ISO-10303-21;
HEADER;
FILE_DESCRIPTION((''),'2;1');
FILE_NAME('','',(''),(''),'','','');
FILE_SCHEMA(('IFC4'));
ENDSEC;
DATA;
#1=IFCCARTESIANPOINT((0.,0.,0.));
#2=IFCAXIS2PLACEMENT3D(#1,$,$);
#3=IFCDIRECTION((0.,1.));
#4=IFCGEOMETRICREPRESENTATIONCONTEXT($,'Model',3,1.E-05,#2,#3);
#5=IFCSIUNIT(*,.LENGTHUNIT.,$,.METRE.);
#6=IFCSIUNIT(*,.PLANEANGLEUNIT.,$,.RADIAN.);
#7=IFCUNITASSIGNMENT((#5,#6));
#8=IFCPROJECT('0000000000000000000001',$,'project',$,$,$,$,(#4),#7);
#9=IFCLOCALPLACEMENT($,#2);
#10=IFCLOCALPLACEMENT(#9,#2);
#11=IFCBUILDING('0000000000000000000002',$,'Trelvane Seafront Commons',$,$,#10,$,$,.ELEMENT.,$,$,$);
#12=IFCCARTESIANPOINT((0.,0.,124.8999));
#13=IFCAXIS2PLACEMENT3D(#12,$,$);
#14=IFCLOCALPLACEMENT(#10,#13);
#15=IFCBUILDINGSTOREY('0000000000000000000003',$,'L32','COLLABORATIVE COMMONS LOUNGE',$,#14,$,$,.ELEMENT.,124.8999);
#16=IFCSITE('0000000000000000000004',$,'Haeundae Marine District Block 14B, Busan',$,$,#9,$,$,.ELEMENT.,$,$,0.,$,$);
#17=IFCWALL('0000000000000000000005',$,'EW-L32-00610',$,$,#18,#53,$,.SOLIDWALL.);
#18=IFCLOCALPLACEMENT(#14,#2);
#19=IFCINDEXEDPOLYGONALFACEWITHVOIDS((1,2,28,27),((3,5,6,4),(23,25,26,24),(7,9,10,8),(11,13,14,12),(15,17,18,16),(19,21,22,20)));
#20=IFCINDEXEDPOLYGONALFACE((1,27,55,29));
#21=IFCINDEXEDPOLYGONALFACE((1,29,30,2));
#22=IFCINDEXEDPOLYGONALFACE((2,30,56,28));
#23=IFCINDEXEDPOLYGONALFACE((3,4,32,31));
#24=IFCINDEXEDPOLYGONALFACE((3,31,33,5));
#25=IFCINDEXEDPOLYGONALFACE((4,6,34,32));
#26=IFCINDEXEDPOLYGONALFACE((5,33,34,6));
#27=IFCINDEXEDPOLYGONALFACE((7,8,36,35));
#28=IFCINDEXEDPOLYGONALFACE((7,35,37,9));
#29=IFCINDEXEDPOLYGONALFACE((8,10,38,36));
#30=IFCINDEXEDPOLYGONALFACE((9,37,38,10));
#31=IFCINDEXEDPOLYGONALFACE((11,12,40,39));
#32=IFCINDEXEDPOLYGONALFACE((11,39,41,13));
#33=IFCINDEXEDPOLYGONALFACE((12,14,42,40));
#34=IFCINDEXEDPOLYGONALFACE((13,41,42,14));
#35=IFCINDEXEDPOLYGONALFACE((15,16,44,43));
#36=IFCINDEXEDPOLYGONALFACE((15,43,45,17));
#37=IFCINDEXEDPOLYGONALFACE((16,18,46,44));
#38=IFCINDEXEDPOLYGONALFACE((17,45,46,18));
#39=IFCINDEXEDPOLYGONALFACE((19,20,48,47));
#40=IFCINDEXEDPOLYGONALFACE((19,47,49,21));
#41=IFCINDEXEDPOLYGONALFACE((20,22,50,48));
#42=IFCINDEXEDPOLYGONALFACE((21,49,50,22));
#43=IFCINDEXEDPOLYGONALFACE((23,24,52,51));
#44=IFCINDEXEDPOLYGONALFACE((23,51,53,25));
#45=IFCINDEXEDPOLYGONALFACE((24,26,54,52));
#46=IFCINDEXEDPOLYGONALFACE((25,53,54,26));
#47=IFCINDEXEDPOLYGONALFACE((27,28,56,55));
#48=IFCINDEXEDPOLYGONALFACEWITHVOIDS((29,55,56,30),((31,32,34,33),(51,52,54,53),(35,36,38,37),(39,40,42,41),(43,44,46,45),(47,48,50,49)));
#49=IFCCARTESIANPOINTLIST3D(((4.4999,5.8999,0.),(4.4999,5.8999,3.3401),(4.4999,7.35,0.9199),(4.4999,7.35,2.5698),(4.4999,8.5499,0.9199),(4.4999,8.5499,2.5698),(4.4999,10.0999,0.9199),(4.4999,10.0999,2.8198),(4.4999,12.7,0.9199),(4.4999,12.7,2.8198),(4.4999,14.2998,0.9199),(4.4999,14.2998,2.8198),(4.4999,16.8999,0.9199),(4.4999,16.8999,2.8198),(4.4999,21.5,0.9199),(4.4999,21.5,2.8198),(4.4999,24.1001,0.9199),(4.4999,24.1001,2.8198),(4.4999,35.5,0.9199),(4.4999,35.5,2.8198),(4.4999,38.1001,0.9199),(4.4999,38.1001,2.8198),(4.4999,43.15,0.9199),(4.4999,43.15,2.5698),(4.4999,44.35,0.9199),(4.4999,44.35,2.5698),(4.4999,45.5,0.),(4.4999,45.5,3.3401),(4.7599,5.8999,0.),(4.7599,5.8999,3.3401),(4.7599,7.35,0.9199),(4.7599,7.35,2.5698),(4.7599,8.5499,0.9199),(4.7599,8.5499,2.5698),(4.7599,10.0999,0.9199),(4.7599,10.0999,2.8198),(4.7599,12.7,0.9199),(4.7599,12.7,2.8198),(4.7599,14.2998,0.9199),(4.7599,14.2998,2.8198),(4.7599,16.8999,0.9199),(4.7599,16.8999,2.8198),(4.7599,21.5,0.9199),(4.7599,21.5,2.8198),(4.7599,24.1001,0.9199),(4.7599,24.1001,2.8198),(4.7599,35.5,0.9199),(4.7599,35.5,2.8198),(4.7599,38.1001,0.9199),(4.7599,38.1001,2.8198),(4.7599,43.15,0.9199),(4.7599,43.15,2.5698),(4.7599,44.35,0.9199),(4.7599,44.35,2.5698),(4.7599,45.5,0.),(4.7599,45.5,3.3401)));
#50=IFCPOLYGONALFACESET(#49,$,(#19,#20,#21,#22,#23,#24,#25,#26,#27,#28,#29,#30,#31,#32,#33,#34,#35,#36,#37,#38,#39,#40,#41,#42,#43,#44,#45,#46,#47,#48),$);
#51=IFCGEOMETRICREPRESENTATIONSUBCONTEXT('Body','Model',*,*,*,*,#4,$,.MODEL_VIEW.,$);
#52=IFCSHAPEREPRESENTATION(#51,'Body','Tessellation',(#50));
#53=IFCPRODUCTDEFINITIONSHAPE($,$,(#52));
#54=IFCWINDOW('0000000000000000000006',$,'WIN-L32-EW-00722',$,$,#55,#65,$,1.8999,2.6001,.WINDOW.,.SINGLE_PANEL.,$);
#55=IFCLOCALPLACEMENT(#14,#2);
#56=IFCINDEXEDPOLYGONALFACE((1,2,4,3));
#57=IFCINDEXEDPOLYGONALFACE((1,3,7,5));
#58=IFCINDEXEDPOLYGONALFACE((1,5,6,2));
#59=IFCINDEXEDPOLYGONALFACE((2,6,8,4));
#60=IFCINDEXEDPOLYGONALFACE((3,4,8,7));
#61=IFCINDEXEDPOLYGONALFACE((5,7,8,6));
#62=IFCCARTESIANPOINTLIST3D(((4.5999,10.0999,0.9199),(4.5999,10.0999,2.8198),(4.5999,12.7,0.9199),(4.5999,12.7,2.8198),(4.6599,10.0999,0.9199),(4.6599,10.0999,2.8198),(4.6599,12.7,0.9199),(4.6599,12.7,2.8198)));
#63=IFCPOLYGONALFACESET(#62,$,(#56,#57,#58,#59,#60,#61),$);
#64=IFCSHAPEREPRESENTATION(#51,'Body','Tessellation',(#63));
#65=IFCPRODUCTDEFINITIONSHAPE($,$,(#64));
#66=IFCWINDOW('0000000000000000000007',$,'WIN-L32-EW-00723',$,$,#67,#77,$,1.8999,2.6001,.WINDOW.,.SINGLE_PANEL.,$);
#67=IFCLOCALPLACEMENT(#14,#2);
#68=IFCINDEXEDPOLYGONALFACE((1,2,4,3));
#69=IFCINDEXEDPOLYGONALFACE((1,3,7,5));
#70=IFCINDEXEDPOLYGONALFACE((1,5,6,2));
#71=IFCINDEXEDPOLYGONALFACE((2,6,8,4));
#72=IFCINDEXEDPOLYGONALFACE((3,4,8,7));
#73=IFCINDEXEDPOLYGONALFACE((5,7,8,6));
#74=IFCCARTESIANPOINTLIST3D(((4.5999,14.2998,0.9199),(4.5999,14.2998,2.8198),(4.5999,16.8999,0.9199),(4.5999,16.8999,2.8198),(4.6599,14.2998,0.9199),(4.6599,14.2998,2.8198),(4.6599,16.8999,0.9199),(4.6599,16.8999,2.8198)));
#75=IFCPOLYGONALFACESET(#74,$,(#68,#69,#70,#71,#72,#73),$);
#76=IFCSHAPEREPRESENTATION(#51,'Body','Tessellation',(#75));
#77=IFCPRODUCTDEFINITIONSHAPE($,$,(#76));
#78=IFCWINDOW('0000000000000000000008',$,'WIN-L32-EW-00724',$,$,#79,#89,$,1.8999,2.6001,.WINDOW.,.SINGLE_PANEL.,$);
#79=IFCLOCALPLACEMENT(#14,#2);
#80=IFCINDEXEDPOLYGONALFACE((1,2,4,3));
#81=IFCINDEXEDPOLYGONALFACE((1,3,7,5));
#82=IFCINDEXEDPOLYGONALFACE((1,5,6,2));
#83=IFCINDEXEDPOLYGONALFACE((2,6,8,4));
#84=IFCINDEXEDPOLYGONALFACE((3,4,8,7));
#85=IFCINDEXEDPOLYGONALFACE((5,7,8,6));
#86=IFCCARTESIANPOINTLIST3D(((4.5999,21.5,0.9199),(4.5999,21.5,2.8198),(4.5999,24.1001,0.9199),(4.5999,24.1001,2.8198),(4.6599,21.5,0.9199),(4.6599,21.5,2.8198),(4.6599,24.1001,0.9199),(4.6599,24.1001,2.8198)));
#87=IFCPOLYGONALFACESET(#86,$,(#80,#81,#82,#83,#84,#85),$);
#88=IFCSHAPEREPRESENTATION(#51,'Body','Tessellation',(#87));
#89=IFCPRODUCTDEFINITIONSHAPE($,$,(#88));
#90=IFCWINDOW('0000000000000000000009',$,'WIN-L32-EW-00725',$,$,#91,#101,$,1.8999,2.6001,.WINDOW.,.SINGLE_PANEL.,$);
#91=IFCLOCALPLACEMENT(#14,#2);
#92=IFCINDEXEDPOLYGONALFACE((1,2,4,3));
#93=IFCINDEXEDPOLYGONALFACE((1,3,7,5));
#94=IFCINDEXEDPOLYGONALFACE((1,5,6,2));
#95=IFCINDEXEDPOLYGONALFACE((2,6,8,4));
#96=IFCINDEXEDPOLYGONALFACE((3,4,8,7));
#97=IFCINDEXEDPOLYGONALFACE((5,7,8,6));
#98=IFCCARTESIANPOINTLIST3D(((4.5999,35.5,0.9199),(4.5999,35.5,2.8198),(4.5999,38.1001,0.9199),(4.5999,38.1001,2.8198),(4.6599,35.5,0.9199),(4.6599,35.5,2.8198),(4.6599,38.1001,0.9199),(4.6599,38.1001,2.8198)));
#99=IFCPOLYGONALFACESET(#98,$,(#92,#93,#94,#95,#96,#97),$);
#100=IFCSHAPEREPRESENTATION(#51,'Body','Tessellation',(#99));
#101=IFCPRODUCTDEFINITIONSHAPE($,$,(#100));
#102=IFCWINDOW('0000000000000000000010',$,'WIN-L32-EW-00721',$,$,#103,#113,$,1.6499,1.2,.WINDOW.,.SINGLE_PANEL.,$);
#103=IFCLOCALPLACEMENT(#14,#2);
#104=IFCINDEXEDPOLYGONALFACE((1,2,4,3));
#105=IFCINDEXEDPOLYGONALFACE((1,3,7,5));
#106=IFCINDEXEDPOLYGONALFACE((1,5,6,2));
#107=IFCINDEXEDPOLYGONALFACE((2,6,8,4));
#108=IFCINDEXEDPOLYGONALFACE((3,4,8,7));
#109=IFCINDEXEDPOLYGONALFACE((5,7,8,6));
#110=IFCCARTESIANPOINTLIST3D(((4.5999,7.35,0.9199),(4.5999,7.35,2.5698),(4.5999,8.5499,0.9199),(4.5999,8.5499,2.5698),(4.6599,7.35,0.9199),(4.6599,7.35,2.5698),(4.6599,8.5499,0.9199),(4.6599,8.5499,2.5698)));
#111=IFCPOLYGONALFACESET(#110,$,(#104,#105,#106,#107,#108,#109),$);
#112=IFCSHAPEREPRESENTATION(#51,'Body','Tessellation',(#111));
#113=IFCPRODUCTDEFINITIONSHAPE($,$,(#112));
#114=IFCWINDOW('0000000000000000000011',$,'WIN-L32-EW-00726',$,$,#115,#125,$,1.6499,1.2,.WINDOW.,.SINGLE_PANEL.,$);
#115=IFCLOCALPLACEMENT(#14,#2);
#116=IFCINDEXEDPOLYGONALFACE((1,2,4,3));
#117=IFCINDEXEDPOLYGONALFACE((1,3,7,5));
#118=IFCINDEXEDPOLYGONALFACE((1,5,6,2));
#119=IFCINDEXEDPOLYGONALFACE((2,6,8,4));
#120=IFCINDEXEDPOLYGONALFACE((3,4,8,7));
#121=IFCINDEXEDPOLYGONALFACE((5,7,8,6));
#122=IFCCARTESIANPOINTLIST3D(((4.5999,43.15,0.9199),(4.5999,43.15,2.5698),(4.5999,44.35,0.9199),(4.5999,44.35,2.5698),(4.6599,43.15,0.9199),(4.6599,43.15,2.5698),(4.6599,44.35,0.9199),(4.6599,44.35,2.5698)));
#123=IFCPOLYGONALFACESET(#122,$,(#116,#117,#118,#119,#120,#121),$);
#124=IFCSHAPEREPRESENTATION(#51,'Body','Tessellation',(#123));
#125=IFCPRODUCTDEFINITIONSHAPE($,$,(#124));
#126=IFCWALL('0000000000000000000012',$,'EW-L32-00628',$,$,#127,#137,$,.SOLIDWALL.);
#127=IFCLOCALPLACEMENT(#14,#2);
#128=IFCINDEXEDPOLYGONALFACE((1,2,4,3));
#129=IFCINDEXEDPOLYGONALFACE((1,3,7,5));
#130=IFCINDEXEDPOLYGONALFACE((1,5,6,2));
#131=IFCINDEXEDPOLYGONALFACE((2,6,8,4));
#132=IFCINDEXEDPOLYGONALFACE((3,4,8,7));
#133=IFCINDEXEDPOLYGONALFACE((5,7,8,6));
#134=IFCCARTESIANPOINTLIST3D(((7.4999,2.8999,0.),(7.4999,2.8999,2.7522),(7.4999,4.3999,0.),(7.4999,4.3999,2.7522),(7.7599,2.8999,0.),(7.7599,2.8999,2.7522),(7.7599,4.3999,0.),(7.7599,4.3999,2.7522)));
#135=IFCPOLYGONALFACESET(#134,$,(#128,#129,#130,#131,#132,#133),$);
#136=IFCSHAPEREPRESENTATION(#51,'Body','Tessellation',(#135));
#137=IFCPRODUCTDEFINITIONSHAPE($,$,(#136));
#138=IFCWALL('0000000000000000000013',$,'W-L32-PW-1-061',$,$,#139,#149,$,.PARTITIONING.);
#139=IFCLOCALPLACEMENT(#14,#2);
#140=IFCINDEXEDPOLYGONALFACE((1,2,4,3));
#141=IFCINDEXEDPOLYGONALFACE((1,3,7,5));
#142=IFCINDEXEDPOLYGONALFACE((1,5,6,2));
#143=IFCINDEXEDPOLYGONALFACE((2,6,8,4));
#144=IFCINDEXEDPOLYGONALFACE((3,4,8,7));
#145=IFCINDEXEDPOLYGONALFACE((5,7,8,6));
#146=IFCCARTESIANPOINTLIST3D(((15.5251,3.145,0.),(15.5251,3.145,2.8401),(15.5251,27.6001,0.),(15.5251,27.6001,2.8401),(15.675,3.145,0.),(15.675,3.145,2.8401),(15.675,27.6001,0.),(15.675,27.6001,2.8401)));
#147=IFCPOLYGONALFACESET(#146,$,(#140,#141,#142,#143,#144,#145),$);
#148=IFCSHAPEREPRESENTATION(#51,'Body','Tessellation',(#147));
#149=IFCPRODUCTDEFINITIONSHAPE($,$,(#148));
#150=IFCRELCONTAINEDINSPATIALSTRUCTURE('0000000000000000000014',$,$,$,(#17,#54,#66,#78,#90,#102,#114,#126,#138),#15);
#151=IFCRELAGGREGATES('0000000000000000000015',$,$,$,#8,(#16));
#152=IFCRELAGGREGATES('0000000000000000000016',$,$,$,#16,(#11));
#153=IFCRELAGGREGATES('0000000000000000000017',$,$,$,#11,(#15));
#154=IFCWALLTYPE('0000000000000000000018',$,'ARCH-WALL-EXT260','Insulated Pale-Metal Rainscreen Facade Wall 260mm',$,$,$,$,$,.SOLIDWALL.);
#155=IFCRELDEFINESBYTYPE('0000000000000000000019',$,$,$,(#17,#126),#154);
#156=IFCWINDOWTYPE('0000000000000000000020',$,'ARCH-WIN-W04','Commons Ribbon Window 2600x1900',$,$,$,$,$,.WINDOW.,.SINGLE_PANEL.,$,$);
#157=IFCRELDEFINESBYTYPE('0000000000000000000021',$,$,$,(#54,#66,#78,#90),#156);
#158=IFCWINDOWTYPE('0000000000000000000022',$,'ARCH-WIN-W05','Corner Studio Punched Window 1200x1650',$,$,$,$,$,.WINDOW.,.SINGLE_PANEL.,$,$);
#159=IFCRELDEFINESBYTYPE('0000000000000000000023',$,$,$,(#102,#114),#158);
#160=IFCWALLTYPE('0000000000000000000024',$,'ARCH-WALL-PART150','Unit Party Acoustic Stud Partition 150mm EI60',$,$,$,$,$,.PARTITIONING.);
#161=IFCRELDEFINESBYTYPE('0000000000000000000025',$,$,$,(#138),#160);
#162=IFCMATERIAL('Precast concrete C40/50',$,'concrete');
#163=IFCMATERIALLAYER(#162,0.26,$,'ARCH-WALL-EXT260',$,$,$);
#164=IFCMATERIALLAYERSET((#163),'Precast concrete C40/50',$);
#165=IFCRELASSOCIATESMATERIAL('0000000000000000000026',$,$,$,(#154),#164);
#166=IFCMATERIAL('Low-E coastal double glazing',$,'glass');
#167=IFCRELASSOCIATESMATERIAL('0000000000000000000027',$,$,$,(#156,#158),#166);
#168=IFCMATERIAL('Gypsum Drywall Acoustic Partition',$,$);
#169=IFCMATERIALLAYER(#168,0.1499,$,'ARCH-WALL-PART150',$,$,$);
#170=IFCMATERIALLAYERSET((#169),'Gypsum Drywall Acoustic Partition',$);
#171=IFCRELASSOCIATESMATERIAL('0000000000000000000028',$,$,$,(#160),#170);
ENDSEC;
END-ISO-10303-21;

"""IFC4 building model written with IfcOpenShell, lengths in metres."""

from ifc_helpers import new_model, si_unit, direction, frame, frame_2d, origin, place, context, subcontext, project, spatial, rectangle, extrude, source, transform, mapped, material, layer, layer_set, type_object, element, fill, save


model = new_model("IFC4")

# Units and contexts
model_context = context("Model", 3, precision=1e-05, world=origin(), true_north=direction((0.0, 1.0)))
body_context = subcontext(model_context, "Body", "Model", "MODEL_VIEW")
ifc_project = project(units=[si_unit("LENGTHUNIT", "METRE"), si_unit("PLANEANGLEUNIT", "RADIAN")], contexts=[model_context])

# Site, building, storey
site_placement = place(None, origin())
site = spatial("IfcSite", under=ifc_project, at=site_placement, Name="Haeundae Marine District Block 14B, Busan", CompositionType="ELEMENT", RefElevation=0.0)
building_placement = place(site_placement, origin())
building = spatial("IfcBuilding", under=site, at=building_placement, Name="Trelvane Seafront Commons", CompositionType="ELEMENT")
storey_placement = place(building_placement, frame((0.0, 0.0, 124.8999)))
storey = spatial("IfcBuildingStorey", under=building, at=storey_placement, Name="L32", Description="COLLABORATIVE COMMONS LOUNGE", CompositionType="ELEMENT", Elevation=124.8999)

# Shared definitions
ifc_material_1 = material(Name="Precast concrete C40/50", Category="concrete")
ifc_layer_1 = layer(ifc_material_1, 0.26, Name="ARCH-WALL-EXT260")
ifc_layer_set_1 = layer_set([ifc_layer_1], Name="Precast concrete C40/50")
wall_type_1 = type_object("IfcWallType", Name="ARCH-WALL-EXT260", Description="Insulated Pale-Metal Rainscreen Facade Wall 260mm", PredefinedType="SOLIDWALL", material=ifc_layer_set_1)

# Wall, openings, windows
wall_1_placement = place(storey_placement, frame((4.6299, 5.8999, 0.0), z_axis=(0.0, 0.0, 1.0), x_axis=(0.0, 1.0, 0.0)))
wall_1 = element("IfcWall", 1, at=wall_1_placement, inside=storey, type_object=wall_type_1, Name="EW-L32-00610", PredefinedType="SOLIDWALL", context=body_context, shape_type="SweptSolid", body=[
    extrude(rectangle(XDim=39.6001, YDim=0.26, at=frame_2d((19.8, 0.0))), origin(), (0.0, 0.0, 1.0), 3.3401),
])
opening_1_placement = place(wall_1_placement, frame((1.45, 0.0, 0.9199)))
opening_1 = element("IfcOpeningElement", 2, at=opening_1_placement, cuts=wall_1, PredefinedType="OPENING", context=body_context, shape_type="SweptSolid", body=[
    extrude(rectangle(XDim=1.2, YDim=1.6499, at=frame_2d((0.6001, 0.825))), frame((0.0, 0.1399, 0.0), z_axis=(0.0, -1.0, 0.0), x_axis=(1.0, 0.0, 0.0)), (0.0, 0.0, 1.0), 0.28),
])
opening_2_placement = place(wall_1_placement, frame((4.2, 0.0, 0.9199)))
opening_2 = element("IfcOpeningElement", 3, at=opening_2_placement, cuts=wall_1, PredefinedType="OPENING", context=body_context, shape_type="SweptSolid", body=[
    extrude(rectangle(XDim=2.6001, YDim=1.8999, at=frame_2d((1.3, 0.95))), frame((0.0, 0.1399, 0.0), z_axis=(0.0, -1.0, 0.0), x_axis=(1.0, 0.0, 0.0)), (0.0, 0.0, 1.0), 0.28),
])
opening_3_placement = place(wall_1_placement, frame((8.3999, 0.0, 0.9199)))
opening_3 = element("IfcOpeningElement", 4, at=opening_3_placement, cuts=wall_1, PredefinedType="OPENING", context=body_context, shape_type="SweptSolid", body=[
    extrude(rectangle(XDim=2.6001, YDim=1.8999, at=frame_2d((1.3, 0.95))), frame((0.0, 0.1399, 0.0), z_axis=(0.0, -1.0, 0.0), x_axis=(1.0, 0.0, 0.0)), (0.0, 0.0, 1.0), 0.28),
])
opening_4_placement = place(wall_1_placement, frame((15.6001, 0.0, 0.9199)))
opening_4 = element("IfcOpeningElement", 5, at=opening_4_placement, cuts=wall_1, PredefinedType="OPENING", context=body_context, shape_type="SweptSolid", body=[
    extrude(rectangle(XDim=2.6001, YDim=1.8999, at=frame_2d((1.3, 0.95))), frame((0.0, 0.1399, 0.0), z_axis=(0.0, -1.0, 0.0), x_axis=(1.0, 0.0, 0.0)), (0.0, 0.0, 1.0), 0.28),
])
opening_5_placement = place(wall_1_placement, frame((29.6001, 0.0, 0.9199)))
opening_5 = element("IfcOpeningElement", 6, at=opening_5_placement, cuts=wall_1, PredefinedType="OPENING", context=body_context, shape_type="SweptSolid", body=[
    extrude(rectangle(XDim=2.6001, YDim=1.8999, at=frame_2d((1.3, 0.95))), frame((0.0, 0.1399, 0.0), z_axis=(0.0, -1.0, 0.0), x_axis=(1.0, 0.0, 0.0)), (0.0, 0.0, 1.0), 0.28),
])
opening_6_placement = place(wall_1_placement, frame((37.25, 0.0, 0.9199)))
opening_6 = element("IfcOpeningElement", 7, at=opening_6_placement, cuts=wall_1, PredefinedType="OPENING", context=body_context, shape_type="SweptSolid", body=[
    extrude(rectangle(XDim=1.2, YDim=1.6499, at=frame_2d((0.6001, 0.825))), frame((0.0, 0.1399, 0.0), z_axis=(0.0, -1.0, 0.0), x_axis=(1.0, 0.0, 0.0)), (0.0, 0.0, 1.0), 0.28),
])
ifc_material_2 = material(Name="Low-E coastal double glazing", Category="glass")
window_type_1 = type_object("IfcWindowType", Name="ARCH-WIN-W04", Description="Commons Ribbon Window 2600x1900", PartitioningType="SINGLE_PANEL", PredefinedType="WINDOW", material=ifc_material_2)
shared_shape_1 = source(origin(), body_context, "Body", "SweptSolid", [
    extrude(rectangle(XDim=2.6001, YDim=1.8999, at=frame_2d((1.3, 0.95))), frame((0.0, 0.03, 0.0), z_axis=(0.0, -1.0, 0.0), x_axis=(1.0, 0.0, 0.0)), (0.0, 0.0, 1.0), 0.0601),
])
window_1_placement = place(opening_2_placement, origin())
window_1 = element("IfcWindow", 8, at=window_1_placement, inside=storey, type_object=window_type_1, Name="WIN-L32-EW-00722", OverallHeight=1.8999, OverallWidth=2.6001, PartitioningType="SINGLE_PANEL", PredefinedType="WINDOW", context=body_context, shape_type="MappedRepresentation", body=[
    mapped(shared_shape_1, transform((0.0, 0.0, 0.0), x_axis=(1.0, 0.0, 0.0), y_axis=(0.0, 1.0, 0.0), z_axis=(0.0, 0.0, 1.0), scale=1.0)),
])
fill(opening_2, window_1)
window_2_placement = place(opening_3_placement, origin())
window_2 = element("IfcWindow", 9, at=window_2_placement, inside=storey, type_object=window_type_1, Name="WIN-L32-EW-00723", OverallHeight=1.8999, OverallWidth=2.6001, PartitioningType="SINGLE_PANEL", PredefinedType="WINDOW", context=body_context, shape_type="MappedRepresentation", body=[
    mapped(shared_shape_1, transform((0.0, 0.0, 0.0), x_axis=(1.0, 0.0, 0.0), y_axis=(0.0, 1.0, 0.0), z_axis=(0.0, 0.0, 1.0), scale=1.0)),
])
fill(opening_3, window_2)
window_3_placement = place(opening_4_placement, origin())
window_3 = element("IfcWindow", 10, at=window_3_placement, inside=storey, type_object=window_type_1, Name="WIN-L32-EW-00724", OverallHeight=1.8999, OverallWidth=2.6001, PartitioningType="SINGLE_PANEL", PredefinedType="WINDOW", context=body_context, shape_type="MappedRepresentation", body=[
    mapped(shared_shape_1, transform((0.0, 0.0, 0.0), x_axis=(1.0, 0.0, 0.0), y_axis=(0.0, 1.0, 0.0), z_axis=(0.0, 0.0, 1.0), scale=1.0)),
])
fill(opening_4, window_3)
window_4_placement = place(opening_5_placement, origin())
window_4 = element("IfcWindow", 11, at=window_4_placement, inside=storey, type_object=window_type_1, Name="WIN-L32-EW-00725", OverallHeight=1.8999, OverallWidth=2.6001, PartitioningType="SINGLE_PANEL", PredefinedType="WINDOW", context=body_context, shape_type="MappedRepresentation", body=[
    mapped(shared_shape_1, transform((0.0, 0.0, 0.0), x_axis=(1.0, 0.0, 0.0), y_axis=(0.0, 1.0, 0.0), z_axis=(0.0, 0.0, 1.0), scale=1.0)),
])
fill(opening_5, window_4)
window_type_2 = type_object("IfcWindowType", Name="ARCH-WIN-W05", Description="Corner Studio Punched Window 1200x1650", PartitioningType="SINGLE_PANEL", PredefinedType="WINDOW", material=ifc_material_2)
shared_shape_2 = source(origin(), body_context, "Body", "SweptSolid", [
    extrude(rectangle(XDim=1.2, YDim=1.6499, at=frame_2d((0.6001, 0.825))), frame((0.0, 0.03, 0.0), z_axis=(0.0, -1.0, 0.0), x_axis=(1.0, 0.0, 0.0)), (0.0, 0.0, 1.0), 0.0601),
])
window_5_placement = place(opening_1_placement, origin())
window_5 = element("IfcWindow", 12, at=window_5_placement, inside=storey, type_object=window_type_2, Name="WIN-L32-EW-00721", OverallHeight=1.6499, OverallWidth=1.2, PartitioningType="SINGLE_PANEL", PredefinedType="WINDOW", context=body_context, shape_type="MappedRepresentation", body=[
    mapped(shared_shape_2, transform((0.0, 0.0, 0.0), x_axis=(1.0, 0.0, 0.0), y_axis=(0.0, 1.0, 0.0), z_axis=(0.0, 0.0, 1.0), scale=1.0)),
])
fill(opening_1, window_5)
window_6_placement = place(opening_6_placement, origin())
window_6 = element("IfcWindow", 13, at=window_6_placement, inside=storey, type_object=window_type_2, Name="WIN-L32-EW-00726", OverallHeight=1.6499, OverallWidth=1.2, PartitioningType="SINGLE_PANEL", PredefinedType="WINDOW", context=body_context, shape_type="MappedRepresentation", body=[
    mapped(shared_shape_2, transform((0.0, 0.0, 0.0), x_axis=(1.0, 0.0, 0.0), y_axis=(0.0, 1.0, 0.0), z_axis=(0.0, 0.0, 1.0), scale=1.0)),
])
fill(opening_6, window_6)

# Walls
wall_2_placement = place(storey_placement, frame((7.6299, 2.8999, 0.0), z_axis=(0.0, 0.0, 1.0), x_axis=(0.0, 1.0, 0.0)))
element("IfcWall", 14, at=wall_2_placement, inside=storey, type_object=wall_type_1, Name="EW-L32-00628", PredefinedType="SOLIDWALL", context=body_context, shape_type="SweptSolid", body=[
    extrude(rectangle(XDim=1.5, YDim=0.26, at=frame_2d((0.75, 0.0))), origin(), (0.0, 0.0, 1.0), 2.7522),
])
ifc_material_3 = material(Name="Gypsum Drywall Acoustic Partition")
ifc_layer_2 = layer(ifc_material_3, 0.1499, Name="ARCH-WALL-PART150")
ifc_layer_set_2 = layer_set([ifc_layer_2], Name="Gypsum Drywall Acoustic Partition")
wall_type_2 = type_object("IfcWallType", Name="ARCH-WALL-PART150", Description="Unit Party Acoustic Stud Partition 150mm EI60", PredefinedType="PARTITIONING", material=ifc_layer_set_2)
wall_3_placement = place(storey_placement, frame((15.6001, 3.145, 0.0), z_axis=(0.0, 0.0, 1.0), x_axis=(0.0, 1.0, 0.0)))
element("IfcWall", 15, at=wall_3_placement, inside=storey, type_object=wall_type_2, Name="W-L32-PW-1-061", PredefinedType="PARTITIONING", context=body_context, shape_type="SweptSolid", body=[
    extrude(rectangle(XDim=24.4551, YDim=0.1499, at=frame_2d((12.2275, 0.0))), origin(), (0.0, 0.0, 1.0), 2.8401),
])

save(model, "model.ifc")
